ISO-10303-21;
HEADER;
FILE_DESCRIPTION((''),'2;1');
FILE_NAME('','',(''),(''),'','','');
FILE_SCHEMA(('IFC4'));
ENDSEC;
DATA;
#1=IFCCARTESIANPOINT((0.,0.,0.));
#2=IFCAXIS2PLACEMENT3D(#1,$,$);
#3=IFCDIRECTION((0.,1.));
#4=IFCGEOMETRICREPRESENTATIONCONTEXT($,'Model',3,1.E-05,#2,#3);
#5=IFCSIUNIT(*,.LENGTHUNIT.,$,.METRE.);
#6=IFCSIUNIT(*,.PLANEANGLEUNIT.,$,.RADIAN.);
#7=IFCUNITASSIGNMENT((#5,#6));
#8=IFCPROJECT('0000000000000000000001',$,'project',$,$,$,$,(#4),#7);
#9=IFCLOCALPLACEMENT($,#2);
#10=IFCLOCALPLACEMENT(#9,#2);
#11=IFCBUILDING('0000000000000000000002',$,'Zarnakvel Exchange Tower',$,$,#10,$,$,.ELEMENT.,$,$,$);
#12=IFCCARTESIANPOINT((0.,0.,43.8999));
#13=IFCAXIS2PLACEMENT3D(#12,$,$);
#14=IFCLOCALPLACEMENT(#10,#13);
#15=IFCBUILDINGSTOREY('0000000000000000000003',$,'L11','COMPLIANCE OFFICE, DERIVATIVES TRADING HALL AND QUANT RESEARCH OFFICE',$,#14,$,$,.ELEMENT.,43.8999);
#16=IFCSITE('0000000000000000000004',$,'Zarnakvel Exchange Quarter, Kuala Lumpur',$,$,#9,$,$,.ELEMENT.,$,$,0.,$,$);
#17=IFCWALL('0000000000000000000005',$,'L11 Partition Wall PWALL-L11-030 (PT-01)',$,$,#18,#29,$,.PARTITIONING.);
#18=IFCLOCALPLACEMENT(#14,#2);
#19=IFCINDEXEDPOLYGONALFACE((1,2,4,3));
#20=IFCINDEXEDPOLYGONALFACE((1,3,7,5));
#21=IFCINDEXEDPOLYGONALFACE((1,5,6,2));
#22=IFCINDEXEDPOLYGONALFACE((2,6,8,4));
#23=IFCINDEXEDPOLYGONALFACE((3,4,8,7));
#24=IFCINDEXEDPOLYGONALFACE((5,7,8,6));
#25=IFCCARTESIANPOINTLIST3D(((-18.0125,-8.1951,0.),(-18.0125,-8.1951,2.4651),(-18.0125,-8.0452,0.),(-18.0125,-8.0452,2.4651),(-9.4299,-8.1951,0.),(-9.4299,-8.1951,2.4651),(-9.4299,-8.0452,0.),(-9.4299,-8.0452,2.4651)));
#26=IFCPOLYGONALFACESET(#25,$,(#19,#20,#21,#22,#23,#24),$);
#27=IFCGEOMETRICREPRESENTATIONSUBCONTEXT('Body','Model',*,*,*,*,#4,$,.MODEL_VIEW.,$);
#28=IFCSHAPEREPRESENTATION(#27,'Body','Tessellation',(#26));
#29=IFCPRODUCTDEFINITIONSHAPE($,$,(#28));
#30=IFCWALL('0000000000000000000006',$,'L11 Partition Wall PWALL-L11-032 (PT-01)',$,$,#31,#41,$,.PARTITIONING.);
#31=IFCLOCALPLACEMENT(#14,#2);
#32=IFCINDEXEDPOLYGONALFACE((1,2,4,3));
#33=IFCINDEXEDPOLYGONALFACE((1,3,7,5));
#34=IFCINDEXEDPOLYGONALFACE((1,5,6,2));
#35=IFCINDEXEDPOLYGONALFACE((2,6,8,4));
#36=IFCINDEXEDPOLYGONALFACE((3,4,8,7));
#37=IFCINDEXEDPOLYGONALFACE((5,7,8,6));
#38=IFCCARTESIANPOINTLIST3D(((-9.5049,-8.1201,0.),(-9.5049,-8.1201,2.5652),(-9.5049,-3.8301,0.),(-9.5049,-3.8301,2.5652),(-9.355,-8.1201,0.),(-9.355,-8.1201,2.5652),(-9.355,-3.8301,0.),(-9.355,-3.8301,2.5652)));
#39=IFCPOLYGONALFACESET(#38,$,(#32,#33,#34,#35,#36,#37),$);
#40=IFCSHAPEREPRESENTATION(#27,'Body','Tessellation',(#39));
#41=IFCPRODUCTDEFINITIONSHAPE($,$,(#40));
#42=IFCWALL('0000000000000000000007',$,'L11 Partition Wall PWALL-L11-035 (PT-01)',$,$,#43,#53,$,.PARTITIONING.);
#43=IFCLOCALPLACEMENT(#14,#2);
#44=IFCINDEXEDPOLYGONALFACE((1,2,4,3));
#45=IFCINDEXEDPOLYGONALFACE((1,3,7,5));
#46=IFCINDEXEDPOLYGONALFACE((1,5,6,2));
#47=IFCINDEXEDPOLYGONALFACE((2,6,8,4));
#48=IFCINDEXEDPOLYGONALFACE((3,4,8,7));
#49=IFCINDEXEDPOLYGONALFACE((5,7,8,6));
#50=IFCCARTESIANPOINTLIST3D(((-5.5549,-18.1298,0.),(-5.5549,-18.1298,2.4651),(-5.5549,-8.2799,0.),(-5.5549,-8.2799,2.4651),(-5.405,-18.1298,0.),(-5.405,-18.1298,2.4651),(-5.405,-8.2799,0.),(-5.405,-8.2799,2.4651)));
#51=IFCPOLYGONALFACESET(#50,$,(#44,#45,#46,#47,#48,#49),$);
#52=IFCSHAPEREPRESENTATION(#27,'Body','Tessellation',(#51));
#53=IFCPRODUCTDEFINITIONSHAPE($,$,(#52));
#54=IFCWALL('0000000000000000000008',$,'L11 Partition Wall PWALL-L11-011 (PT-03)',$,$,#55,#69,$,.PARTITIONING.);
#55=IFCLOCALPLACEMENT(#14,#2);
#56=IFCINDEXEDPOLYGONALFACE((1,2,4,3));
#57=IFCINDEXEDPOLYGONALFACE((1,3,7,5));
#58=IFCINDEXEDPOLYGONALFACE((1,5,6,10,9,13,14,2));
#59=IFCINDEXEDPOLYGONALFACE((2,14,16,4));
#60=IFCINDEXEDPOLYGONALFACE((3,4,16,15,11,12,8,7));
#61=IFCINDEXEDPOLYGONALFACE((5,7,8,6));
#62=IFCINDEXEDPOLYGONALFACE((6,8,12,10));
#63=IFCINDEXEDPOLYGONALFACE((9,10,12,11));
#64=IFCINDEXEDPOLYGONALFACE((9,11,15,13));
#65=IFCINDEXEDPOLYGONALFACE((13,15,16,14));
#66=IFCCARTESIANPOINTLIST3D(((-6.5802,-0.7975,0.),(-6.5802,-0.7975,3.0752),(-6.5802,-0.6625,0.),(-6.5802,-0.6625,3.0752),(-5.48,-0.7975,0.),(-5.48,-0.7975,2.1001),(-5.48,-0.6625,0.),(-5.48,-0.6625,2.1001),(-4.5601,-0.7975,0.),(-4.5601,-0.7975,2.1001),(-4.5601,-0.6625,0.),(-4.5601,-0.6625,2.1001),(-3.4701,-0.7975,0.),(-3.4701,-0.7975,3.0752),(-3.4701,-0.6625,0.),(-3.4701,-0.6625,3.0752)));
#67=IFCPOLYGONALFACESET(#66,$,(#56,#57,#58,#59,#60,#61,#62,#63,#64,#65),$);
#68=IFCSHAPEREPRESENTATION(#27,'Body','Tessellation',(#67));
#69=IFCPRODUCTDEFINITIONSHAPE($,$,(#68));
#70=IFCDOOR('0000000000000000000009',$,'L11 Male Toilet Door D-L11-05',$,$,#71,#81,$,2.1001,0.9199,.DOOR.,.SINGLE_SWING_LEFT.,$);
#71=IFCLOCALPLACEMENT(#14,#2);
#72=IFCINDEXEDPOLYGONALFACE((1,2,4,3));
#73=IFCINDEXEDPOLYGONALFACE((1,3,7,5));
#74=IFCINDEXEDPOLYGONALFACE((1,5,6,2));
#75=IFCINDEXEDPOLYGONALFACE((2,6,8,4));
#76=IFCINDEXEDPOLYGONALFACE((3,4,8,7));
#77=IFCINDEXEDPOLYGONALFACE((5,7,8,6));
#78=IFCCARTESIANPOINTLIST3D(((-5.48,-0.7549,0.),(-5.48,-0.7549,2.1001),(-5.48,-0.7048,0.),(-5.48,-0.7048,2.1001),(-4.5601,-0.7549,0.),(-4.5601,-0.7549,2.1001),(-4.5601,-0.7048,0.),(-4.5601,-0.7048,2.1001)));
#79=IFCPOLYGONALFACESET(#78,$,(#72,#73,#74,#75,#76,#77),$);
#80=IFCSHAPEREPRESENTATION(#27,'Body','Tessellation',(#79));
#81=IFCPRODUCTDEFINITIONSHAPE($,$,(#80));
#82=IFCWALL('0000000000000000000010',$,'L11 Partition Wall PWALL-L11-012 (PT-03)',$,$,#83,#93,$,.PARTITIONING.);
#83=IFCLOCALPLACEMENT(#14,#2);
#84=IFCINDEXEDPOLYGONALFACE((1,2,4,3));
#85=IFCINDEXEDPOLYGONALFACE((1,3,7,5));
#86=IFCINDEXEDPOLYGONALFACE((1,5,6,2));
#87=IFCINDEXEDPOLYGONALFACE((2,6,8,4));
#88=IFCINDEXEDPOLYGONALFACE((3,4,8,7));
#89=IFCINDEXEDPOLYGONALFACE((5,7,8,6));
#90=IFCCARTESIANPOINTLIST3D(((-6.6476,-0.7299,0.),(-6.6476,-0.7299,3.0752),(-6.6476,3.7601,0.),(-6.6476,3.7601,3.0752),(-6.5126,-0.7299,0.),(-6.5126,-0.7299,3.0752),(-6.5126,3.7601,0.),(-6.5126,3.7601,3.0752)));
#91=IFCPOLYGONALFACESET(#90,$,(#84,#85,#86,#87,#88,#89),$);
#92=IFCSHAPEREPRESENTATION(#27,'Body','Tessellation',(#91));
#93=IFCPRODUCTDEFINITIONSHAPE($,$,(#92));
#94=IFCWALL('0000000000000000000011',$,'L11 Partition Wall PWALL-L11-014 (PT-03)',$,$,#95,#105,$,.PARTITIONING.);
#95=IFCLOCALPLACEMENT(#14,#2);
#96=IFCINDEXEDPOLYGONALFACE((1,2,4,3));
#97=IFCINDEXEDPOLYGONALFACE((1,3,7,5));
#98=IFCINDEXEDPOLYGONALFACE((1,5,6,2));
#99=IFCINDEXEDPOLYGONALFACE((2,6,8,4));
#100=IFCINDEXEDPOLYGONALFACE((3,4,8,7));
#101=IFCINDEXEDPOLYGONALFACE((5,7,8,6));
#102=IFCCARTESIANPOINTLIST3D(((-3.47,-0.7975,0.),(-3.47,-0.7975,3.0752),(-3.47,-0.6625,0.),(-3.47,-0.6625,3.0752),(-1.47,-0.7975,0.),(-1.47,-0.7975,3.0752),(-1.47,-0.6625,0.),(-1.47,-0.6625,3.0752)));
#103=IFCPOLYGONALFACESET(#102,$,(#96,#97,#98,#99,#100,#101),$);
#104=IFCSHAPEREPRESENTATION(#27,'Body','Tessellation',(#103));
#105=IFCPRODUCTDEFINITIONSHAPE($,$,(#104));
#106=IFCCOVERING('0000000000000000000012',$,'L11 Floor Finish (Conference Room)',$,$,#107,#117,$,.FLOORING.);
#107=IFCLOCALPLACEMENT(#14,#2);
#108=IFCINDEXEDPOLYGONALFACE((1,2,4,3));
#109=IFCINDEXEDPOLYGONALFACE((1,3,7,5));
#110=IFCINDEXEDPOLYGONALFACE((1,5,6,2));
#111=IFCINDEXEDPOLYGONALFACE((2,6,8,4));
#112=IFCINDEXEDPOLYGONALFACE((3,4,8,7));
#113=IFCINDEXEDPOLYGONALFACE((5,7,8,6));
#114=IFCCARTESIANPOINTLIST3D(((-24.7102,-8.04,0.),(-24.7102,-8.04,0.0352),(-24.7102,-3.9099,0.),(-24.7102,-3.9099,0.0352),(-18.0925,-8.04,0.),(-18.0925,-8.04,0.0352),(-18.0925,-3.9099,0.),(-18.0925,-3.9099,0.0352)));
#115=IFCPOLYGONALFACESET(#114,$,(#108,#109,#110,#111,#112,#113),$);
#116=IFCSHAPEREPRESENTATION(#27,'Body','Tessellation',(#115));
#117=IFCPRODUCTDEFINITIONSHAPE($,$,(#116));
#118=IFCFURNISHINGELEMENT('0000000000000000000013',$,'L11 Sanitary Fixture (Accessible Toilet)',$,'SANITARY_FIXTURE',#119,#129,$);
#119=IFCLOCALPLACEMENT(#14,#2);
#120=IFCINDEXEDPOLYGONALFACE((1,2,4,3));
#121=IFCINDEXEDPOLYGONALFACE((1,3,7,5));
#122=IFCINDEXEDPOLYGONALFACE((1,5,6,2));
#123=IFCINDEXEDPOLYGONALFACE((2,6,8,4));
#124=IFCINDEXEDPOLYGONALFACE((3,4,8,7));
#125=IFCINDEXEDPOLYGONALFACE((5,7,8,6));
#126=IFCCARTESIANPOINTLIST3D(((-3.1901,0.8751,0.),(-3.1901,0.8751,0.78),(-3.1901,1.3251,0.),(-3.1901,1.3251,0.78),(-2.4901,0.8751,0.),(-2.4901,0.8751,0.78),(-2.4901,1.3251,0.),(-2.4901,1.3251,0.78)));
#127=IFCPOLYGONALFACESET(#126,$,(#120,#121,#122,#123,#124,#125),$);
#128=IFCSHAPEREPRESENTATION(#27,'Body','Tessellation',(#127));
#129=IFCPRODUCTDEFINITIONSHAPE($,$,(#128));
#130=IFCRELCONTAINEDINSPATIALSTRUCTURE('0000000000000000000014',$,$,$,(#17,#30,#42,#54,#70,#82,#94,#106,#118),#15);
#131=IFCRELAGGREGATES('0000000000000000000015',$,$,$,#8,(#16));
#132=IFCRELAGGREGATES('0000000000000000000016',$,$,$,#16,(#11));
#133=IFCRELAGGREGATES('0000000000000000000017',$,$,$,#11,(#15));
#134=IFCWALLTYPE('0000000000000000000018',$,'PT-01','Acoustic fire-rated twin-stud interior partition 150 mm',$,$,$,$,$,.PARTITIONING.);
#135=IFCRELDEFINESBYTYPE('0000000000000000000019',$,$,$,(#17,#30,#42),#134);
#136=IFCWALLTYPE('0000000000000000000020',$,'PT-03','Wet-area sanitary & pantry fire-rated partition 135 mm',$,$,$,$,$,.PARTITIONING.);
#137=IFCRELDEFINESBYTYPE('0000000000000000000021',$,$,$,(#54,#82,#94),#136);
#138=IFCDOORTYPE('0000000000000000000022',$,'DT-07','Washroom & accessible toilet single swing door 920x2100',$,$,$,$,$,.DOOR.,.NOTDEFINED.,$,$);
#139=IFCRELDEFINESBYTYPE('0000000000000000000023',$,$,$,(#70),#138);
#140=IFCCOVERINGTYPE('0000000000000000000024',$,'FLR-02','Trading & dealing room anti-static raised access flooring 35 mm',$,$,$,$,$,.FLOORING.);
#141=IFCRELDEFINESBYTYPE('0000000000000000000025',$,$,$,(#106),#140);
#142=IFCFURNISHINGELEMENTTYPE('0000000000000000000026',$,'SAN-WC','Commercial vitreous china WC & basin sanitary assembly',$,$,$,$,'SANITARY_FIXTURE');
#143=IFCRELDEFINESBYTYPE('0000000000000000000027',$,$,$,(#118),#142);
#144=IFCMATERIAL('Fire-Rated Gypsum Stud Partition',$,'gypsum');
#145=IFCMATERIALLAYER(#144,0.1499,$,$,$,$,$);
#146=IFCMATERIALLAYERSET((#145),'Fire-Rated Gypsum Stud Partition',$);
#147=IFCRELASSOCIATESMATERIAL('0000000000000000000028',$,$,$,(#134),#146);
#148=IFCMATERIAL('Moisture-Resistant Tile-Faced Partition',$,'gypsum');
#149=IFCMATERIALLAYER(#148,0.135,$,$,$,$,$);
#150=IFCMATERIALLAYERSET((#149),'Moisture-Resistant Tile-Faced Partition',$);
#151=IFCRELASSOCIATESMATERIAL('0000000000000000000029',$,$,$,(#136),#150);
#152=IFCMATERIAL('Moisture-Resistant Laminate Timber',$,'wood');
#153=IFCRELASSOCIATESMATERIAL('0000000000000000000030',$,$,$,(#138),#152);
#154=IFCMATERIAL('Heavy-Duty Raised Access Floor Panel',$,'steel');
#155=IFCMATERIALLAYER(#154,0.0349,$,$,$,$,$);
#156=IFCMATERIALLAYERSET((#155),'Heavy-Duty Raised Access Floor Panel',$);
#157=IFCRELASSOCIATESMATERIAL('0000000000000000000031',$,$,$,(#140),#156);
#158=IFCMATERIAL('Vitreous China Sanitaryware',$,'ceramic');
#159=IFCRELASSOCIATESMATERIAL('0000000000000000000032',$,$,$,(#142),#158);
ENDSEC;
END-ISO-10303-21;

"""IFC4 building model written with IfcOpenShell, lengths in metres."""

from ifc_helpers import new_model, si_unit, direction, frame, frame_2d, origin, origin_2d, place, context, subcontext, project, spatial, polyline, rectangle, outline, extrude, source, transform, mapped, material, layer, layer_set, type_object, element, fill, save


model = new_model("IFC4")

# Units and contexts
model_context = context("Model", 3, precision=1e-05, world=origin(), true_north=direction((0.0, 1.0)))
body_context = subcontext(model_context, "Body", "Model", "MODEL_VIEW")
ifc_project = project(units=[si_unit("LENGTHUNIT", "METRE"), si_unit("PLANEANGLEUNIT", "RADIAN")], contexts=[model_context])

# Site, building, storey
site_placement = place(None, origin())
site = spatial("IfcSite", under=ifc_project, at=site_placement, Name="Zarnakvel Exchange Quarter, Kuala Lumpur", CompositionType="ELEMENT", RefElevation=0.0)
building_placement = place(site_placement, origin())
building = spatial("IfcBuilding", under=site, at=building_placement, Name="Zarnakvel Exchange Tower", CompositionType="ELEMENT")
storey_placement = place(building_placement, frame((0.0, 0.0, 43.8999)))
storey = spatial("IfcBuildingStorey", under=building, at=storey_placement, Name="L11", Description="COMPLIANCE OFFICE, DERIVATIVES TRADING HALL AND QUANT RESEARCH OFFICE", CompositionType="ELEMENT", Elevation=43.8999)

# Walls
ifc_material_1 = material(Name="Fire-Rated Gypsum Stud Partition", Category="gypsum")
ifc_layer_1 = layer(ifc_material_1, 0.1499)
ifc_layer_set_1 = layer_set([ifc_layer_1], Name="Fire-Rated Gypsum Stud Partition")
wall_type_1 = type_object("IfcWallType", Name="PT-01", Description="Acoustic fire-rated twin-stud interior partition 150 mm", PredefinedType="PARTITIONING", material=ifc_layer_set_1)
wall_1_placement = place(storey_placement, frame((-9.4299, -8.1201, 0.0), z_axis=(0.0, 0.0, 1.0), x_axis=(-1.0, 0.0, 0.0)))
element("IfcWall", 1, at=wall_1_placement, inside=storey, type_object=wall_type_1, Name="L11 Partition Wall PWALL-L11-030 (PT-01)", PredefinedType="PARTITIONING", context=body_context, shape_type="SweptSolid", body=[
    extrude(rectangle(XDim=8.5825, YDim=0.1499, at=frame_2d((4.2913, 0.0))), origin(), (0.0, 0.0, 1.0), 2.4651),
])
wall_2_placement = place(storey_placement, frame((-9.4299, -3.8301, 0.0), z_axis=(0.0, 0.0, 1.0), x_axis=(0.0, -1.0, 0.0)))
element("IfcWall", 2, at=wall_2_placement, inside=storey, type_object=wall_type_1, Name="L11 Partition Wall PWALL-L11-032 (PT-01)", PredefinedType="PARTITIONING", context=body_context, shape_type="SweptSolid", body=[
    extrude(rectangle(XDim=4.29, YDim=0.1499, at=frame_2d((2.145, 0.0))), origin(), (0.0, 0.0, 1.0), 2.5652),
])
wall_3_placement = place(storey_placement, frame((-5.48, -8.28, 0.0), z_axis=(0.0, 0.0, 1.0), x_axis=(0.0, -1.0, 0.0)))
element("IfcWall", 3, at=wall_3_placement, inside=storey, type_object=wall_type_1, Name="L11 Partition Wall PWALL-L11-035 (PT-01)", PredefinedType="PARTITIONING", context=body_context, shape_type="SweptSolid", body=[
    extrude(rectangle(XDim=9.8499, YDim=0.1499, at=frame_2d((4.9248, 0.0))), origin(), (0.0, 0.0, 1.0), 2.4651),
])

# Wall, opening, door
ifc_material_2 = material(Name="Moisture-Resistant Tile-Faced Partition", Category="gypsum")
ifc_layer_2 = layer(ifc_material_2, 0.135)
ifc_layer_set_2 = layer_set([ifc_layer_2], Name="Moisture-Resistant Tile-Faced Partition")
wall_type_2 = type_object("IfcWallType", Name="PT-03", Description="Wet-area sanitary & pantry fire-rated partition 135 mm", PredefinedType="PARTITIONING", material=ifc_layer_set_2)
wall_4_placement = place(storey_placement, frame((-3.47, -0.73, 0.0), z_axis=(0.0, 0.0, 1.0), x_axis=(-1.0, 0.0, 0.0)))
wall_4 = element("IfcWall", 4, at=wall_4_placement, inside=storey, type_object=wall_type_2, Name="L11 Partition Wall PWALL-L11-011 (PT-03)", PredefinedType="PARTITIONING", context=body_context, shape_type="SweptSolid", body=[
    extrude(rectangle(XDim=3.1101, YDim=0.135, at=frame_2d((1.5552, 0.0))), origin(), (0.0, 0.0, 1.0), 3.0752),
])
opening_1_placement = place(wall_4_placement, frame((1.0901, 0.0, 0.0)))
opening_1 = element("IfcOpeningElement", 5, at=opening_1_placement, cuts=wall_4, PredefinedType="OPENING", context=body_context, shape_type="SweptSolid", body=[
    extrude(rectangle(XDim=0.9199, YDim=2.1001, at=frame_2d((0.46, 1.05))), frame((0.0, 0.0774, 0.0), z_axis=(0.0, -1.0, 0.0), x_axis=(1.0, 0.0, 0.0)), (0.0, 0.0, 1.0), 0.155),
])
ifc_material_3 = material(Name="Moisture-Resistant Laminate Timber", Category="wood")
door_type_1 = type_object("IfcDoorType", Name="DT-07", Description="Washroom & accessible toilet single swing door 920x2100", OperationType="NOTDEFINED", PredefinedType="DOOR", material=ifc_material_3)
shared_shape_1 = source(origin(), body_context, "Body", "SweptSolid", [
    extrude(rectangle(XDim=0.9199, YDim=2.1001, at=frame_2d((0.46, 1.05))), frame((0.0, 0.0249, 0.0), z_axis=(0.0, -1.0, 0.0), x_axis=(1.0, 0.0, 0.0)), (0.0, 0.0, 1.0), 0.05),
])
door_1_placement = place(opening_1_placement, origin())
door_1 = element("IfcDoor", 6, at=door_1_placement, inside=storey, type_object=door_type_1, Name="L11 Male Toilet Door D-L11-05", OperationType="SINGLE_SWING_LEFT", OverallHeight=2.1001, OverallWidth=0.9199, PredefinedType="DOOR", context=body_context, shape_type="MappedRepresentation", body=[
    mapped(shared_shape_1, transform((0.0, 0.0, 0.0), x_axis=(1.0, 0.0, 0.0), y_axis=(0.0, 1.0, 0.0), z_axis=(0.0, 0.0, 1.0), scale=1.0)),
])
fill(opening_1, door_1)

# Walls
wall_5_placement = place(storey_placement, frame((-6.5801, -0.73, 0.0), z_axis=(0.0, 0.0, 1.0), x_axis=(0.0, 1.0, 0.0)))
element("IfcWall", 7, at=wall_5_placement, inside=storey, type_object=wall_type_2, Name="L11 Partition Wall PWALL-L11-012 (PT-03)", PredefinedType="PARTITIONING", context=body_context, shape_type="SweptSolid", body=[
    extrude(rectangle(XDim=4.49, YDim=0.135, at=frame_2d((2.2451, 0.0))), origin(), (0.0, 0.0, 1.0), 3.0752),
])
wall_6_placement = place(storey_placement, frame((-1.47, -0.73, 0.0), z_axis=(0.0, 0.0, 1.0), x_axis=(-1.0, 0.0, 0.0)))
element("IfcWall", 8, at=wall_6_placement, inside=storey, type_object=wall_type_2, Name="L11 Partition Wall PWALL-L11-014 (PT-03)", PredefinedType="PARTITIONING", context=body_context, shape_type="SweptSolid", body=[
    extrude(rectangle(XDim=2.0, YDim=0.135, at=frame_2d((1.0, 0.0))), origin(), (0.0, 0.0, 1.0), 3.0752),
])

# Covering
ifc_material_4 = material(Name="Heavy-Duty Raised Access Floor Panel", Category="steel")
ifc_layer_3 = layer(ifc_material_4, 0.0349)
ifc_layer_set_3 = layer_set([ifc_layer_3], Name="Heavy-Duty Raised Access Floor Panel")
covering_type = type_object("IfcCoveringType", Name="FLR-02", Description="Trading & dealing room anti-static raised access flooring 35 mm", PredefinedType="FLOORING", material=ifc_layer_set_3)
covering_placement = place(storey_placement, origin())
element("IfcCovering", 9, at=covering_placement, inside=storey, type_object=covering_type, Name="L11 Floor Finish (Conference Room)", PredefinedType="FLOORING", context=body_context, shape_type="SweptSolid", body=[
    extrude(outline(polyline([(-24.7102, -3.9099), (-18.0925, -3.9099), (-18.0925, -8.04), (-24.7102, -8.04), (-24.7102, -3.9099)])), origin(), (0.0, 0.0, 1.0), 0.0352),
])

# Furnishing element
ifc_material_5 = material(Name="Vitreous China Sanitaryware", Category="ceramic")
furnishing_element_type = type_object("IfcFurnishingElementType", Name="SAN-WC", Description="Commercial vitreous china WC & basin sanitary assembly", ElementType="SANITARY_FIXTURE", material=ifc_material_5)
shared_shape_2 = source(origin(), body_context, "Body", "SweptSolid", [
    extrude(rectangle(XDim=0.7, YDim=0.45, at=origin_2d()), origin(), (0.0, 0.0, 1.0), 0.78),
])
furnishing_placement = place(storey_placement, frame((-2.8401, 1.1001, 0.0), z_axis=(0.0, 0.0, 1.0), x_axis=(1.0, 0.0, 0.0)))
element("IfcFurnishingElement", 10, at=furnishing_placement, inside=storey, type_object=furnishing_element_type, Name="L11 Sanitary Fixture (Accessible Toilet)", ObjectType="SANITARY_FIXTURE", context=body_context, shape_type="MappedRepresentation", body=[
    mapped(shared_shape_2, transform((0.0, 0.0, 0.0), x_axis=(1.0, 0.0, 0.0), y_axis=(0.0, 1.0, 0.0), z_axis=(0.0, 0.0, 1.0), scale=1.0)),
])

save(model, "model.ifc")
